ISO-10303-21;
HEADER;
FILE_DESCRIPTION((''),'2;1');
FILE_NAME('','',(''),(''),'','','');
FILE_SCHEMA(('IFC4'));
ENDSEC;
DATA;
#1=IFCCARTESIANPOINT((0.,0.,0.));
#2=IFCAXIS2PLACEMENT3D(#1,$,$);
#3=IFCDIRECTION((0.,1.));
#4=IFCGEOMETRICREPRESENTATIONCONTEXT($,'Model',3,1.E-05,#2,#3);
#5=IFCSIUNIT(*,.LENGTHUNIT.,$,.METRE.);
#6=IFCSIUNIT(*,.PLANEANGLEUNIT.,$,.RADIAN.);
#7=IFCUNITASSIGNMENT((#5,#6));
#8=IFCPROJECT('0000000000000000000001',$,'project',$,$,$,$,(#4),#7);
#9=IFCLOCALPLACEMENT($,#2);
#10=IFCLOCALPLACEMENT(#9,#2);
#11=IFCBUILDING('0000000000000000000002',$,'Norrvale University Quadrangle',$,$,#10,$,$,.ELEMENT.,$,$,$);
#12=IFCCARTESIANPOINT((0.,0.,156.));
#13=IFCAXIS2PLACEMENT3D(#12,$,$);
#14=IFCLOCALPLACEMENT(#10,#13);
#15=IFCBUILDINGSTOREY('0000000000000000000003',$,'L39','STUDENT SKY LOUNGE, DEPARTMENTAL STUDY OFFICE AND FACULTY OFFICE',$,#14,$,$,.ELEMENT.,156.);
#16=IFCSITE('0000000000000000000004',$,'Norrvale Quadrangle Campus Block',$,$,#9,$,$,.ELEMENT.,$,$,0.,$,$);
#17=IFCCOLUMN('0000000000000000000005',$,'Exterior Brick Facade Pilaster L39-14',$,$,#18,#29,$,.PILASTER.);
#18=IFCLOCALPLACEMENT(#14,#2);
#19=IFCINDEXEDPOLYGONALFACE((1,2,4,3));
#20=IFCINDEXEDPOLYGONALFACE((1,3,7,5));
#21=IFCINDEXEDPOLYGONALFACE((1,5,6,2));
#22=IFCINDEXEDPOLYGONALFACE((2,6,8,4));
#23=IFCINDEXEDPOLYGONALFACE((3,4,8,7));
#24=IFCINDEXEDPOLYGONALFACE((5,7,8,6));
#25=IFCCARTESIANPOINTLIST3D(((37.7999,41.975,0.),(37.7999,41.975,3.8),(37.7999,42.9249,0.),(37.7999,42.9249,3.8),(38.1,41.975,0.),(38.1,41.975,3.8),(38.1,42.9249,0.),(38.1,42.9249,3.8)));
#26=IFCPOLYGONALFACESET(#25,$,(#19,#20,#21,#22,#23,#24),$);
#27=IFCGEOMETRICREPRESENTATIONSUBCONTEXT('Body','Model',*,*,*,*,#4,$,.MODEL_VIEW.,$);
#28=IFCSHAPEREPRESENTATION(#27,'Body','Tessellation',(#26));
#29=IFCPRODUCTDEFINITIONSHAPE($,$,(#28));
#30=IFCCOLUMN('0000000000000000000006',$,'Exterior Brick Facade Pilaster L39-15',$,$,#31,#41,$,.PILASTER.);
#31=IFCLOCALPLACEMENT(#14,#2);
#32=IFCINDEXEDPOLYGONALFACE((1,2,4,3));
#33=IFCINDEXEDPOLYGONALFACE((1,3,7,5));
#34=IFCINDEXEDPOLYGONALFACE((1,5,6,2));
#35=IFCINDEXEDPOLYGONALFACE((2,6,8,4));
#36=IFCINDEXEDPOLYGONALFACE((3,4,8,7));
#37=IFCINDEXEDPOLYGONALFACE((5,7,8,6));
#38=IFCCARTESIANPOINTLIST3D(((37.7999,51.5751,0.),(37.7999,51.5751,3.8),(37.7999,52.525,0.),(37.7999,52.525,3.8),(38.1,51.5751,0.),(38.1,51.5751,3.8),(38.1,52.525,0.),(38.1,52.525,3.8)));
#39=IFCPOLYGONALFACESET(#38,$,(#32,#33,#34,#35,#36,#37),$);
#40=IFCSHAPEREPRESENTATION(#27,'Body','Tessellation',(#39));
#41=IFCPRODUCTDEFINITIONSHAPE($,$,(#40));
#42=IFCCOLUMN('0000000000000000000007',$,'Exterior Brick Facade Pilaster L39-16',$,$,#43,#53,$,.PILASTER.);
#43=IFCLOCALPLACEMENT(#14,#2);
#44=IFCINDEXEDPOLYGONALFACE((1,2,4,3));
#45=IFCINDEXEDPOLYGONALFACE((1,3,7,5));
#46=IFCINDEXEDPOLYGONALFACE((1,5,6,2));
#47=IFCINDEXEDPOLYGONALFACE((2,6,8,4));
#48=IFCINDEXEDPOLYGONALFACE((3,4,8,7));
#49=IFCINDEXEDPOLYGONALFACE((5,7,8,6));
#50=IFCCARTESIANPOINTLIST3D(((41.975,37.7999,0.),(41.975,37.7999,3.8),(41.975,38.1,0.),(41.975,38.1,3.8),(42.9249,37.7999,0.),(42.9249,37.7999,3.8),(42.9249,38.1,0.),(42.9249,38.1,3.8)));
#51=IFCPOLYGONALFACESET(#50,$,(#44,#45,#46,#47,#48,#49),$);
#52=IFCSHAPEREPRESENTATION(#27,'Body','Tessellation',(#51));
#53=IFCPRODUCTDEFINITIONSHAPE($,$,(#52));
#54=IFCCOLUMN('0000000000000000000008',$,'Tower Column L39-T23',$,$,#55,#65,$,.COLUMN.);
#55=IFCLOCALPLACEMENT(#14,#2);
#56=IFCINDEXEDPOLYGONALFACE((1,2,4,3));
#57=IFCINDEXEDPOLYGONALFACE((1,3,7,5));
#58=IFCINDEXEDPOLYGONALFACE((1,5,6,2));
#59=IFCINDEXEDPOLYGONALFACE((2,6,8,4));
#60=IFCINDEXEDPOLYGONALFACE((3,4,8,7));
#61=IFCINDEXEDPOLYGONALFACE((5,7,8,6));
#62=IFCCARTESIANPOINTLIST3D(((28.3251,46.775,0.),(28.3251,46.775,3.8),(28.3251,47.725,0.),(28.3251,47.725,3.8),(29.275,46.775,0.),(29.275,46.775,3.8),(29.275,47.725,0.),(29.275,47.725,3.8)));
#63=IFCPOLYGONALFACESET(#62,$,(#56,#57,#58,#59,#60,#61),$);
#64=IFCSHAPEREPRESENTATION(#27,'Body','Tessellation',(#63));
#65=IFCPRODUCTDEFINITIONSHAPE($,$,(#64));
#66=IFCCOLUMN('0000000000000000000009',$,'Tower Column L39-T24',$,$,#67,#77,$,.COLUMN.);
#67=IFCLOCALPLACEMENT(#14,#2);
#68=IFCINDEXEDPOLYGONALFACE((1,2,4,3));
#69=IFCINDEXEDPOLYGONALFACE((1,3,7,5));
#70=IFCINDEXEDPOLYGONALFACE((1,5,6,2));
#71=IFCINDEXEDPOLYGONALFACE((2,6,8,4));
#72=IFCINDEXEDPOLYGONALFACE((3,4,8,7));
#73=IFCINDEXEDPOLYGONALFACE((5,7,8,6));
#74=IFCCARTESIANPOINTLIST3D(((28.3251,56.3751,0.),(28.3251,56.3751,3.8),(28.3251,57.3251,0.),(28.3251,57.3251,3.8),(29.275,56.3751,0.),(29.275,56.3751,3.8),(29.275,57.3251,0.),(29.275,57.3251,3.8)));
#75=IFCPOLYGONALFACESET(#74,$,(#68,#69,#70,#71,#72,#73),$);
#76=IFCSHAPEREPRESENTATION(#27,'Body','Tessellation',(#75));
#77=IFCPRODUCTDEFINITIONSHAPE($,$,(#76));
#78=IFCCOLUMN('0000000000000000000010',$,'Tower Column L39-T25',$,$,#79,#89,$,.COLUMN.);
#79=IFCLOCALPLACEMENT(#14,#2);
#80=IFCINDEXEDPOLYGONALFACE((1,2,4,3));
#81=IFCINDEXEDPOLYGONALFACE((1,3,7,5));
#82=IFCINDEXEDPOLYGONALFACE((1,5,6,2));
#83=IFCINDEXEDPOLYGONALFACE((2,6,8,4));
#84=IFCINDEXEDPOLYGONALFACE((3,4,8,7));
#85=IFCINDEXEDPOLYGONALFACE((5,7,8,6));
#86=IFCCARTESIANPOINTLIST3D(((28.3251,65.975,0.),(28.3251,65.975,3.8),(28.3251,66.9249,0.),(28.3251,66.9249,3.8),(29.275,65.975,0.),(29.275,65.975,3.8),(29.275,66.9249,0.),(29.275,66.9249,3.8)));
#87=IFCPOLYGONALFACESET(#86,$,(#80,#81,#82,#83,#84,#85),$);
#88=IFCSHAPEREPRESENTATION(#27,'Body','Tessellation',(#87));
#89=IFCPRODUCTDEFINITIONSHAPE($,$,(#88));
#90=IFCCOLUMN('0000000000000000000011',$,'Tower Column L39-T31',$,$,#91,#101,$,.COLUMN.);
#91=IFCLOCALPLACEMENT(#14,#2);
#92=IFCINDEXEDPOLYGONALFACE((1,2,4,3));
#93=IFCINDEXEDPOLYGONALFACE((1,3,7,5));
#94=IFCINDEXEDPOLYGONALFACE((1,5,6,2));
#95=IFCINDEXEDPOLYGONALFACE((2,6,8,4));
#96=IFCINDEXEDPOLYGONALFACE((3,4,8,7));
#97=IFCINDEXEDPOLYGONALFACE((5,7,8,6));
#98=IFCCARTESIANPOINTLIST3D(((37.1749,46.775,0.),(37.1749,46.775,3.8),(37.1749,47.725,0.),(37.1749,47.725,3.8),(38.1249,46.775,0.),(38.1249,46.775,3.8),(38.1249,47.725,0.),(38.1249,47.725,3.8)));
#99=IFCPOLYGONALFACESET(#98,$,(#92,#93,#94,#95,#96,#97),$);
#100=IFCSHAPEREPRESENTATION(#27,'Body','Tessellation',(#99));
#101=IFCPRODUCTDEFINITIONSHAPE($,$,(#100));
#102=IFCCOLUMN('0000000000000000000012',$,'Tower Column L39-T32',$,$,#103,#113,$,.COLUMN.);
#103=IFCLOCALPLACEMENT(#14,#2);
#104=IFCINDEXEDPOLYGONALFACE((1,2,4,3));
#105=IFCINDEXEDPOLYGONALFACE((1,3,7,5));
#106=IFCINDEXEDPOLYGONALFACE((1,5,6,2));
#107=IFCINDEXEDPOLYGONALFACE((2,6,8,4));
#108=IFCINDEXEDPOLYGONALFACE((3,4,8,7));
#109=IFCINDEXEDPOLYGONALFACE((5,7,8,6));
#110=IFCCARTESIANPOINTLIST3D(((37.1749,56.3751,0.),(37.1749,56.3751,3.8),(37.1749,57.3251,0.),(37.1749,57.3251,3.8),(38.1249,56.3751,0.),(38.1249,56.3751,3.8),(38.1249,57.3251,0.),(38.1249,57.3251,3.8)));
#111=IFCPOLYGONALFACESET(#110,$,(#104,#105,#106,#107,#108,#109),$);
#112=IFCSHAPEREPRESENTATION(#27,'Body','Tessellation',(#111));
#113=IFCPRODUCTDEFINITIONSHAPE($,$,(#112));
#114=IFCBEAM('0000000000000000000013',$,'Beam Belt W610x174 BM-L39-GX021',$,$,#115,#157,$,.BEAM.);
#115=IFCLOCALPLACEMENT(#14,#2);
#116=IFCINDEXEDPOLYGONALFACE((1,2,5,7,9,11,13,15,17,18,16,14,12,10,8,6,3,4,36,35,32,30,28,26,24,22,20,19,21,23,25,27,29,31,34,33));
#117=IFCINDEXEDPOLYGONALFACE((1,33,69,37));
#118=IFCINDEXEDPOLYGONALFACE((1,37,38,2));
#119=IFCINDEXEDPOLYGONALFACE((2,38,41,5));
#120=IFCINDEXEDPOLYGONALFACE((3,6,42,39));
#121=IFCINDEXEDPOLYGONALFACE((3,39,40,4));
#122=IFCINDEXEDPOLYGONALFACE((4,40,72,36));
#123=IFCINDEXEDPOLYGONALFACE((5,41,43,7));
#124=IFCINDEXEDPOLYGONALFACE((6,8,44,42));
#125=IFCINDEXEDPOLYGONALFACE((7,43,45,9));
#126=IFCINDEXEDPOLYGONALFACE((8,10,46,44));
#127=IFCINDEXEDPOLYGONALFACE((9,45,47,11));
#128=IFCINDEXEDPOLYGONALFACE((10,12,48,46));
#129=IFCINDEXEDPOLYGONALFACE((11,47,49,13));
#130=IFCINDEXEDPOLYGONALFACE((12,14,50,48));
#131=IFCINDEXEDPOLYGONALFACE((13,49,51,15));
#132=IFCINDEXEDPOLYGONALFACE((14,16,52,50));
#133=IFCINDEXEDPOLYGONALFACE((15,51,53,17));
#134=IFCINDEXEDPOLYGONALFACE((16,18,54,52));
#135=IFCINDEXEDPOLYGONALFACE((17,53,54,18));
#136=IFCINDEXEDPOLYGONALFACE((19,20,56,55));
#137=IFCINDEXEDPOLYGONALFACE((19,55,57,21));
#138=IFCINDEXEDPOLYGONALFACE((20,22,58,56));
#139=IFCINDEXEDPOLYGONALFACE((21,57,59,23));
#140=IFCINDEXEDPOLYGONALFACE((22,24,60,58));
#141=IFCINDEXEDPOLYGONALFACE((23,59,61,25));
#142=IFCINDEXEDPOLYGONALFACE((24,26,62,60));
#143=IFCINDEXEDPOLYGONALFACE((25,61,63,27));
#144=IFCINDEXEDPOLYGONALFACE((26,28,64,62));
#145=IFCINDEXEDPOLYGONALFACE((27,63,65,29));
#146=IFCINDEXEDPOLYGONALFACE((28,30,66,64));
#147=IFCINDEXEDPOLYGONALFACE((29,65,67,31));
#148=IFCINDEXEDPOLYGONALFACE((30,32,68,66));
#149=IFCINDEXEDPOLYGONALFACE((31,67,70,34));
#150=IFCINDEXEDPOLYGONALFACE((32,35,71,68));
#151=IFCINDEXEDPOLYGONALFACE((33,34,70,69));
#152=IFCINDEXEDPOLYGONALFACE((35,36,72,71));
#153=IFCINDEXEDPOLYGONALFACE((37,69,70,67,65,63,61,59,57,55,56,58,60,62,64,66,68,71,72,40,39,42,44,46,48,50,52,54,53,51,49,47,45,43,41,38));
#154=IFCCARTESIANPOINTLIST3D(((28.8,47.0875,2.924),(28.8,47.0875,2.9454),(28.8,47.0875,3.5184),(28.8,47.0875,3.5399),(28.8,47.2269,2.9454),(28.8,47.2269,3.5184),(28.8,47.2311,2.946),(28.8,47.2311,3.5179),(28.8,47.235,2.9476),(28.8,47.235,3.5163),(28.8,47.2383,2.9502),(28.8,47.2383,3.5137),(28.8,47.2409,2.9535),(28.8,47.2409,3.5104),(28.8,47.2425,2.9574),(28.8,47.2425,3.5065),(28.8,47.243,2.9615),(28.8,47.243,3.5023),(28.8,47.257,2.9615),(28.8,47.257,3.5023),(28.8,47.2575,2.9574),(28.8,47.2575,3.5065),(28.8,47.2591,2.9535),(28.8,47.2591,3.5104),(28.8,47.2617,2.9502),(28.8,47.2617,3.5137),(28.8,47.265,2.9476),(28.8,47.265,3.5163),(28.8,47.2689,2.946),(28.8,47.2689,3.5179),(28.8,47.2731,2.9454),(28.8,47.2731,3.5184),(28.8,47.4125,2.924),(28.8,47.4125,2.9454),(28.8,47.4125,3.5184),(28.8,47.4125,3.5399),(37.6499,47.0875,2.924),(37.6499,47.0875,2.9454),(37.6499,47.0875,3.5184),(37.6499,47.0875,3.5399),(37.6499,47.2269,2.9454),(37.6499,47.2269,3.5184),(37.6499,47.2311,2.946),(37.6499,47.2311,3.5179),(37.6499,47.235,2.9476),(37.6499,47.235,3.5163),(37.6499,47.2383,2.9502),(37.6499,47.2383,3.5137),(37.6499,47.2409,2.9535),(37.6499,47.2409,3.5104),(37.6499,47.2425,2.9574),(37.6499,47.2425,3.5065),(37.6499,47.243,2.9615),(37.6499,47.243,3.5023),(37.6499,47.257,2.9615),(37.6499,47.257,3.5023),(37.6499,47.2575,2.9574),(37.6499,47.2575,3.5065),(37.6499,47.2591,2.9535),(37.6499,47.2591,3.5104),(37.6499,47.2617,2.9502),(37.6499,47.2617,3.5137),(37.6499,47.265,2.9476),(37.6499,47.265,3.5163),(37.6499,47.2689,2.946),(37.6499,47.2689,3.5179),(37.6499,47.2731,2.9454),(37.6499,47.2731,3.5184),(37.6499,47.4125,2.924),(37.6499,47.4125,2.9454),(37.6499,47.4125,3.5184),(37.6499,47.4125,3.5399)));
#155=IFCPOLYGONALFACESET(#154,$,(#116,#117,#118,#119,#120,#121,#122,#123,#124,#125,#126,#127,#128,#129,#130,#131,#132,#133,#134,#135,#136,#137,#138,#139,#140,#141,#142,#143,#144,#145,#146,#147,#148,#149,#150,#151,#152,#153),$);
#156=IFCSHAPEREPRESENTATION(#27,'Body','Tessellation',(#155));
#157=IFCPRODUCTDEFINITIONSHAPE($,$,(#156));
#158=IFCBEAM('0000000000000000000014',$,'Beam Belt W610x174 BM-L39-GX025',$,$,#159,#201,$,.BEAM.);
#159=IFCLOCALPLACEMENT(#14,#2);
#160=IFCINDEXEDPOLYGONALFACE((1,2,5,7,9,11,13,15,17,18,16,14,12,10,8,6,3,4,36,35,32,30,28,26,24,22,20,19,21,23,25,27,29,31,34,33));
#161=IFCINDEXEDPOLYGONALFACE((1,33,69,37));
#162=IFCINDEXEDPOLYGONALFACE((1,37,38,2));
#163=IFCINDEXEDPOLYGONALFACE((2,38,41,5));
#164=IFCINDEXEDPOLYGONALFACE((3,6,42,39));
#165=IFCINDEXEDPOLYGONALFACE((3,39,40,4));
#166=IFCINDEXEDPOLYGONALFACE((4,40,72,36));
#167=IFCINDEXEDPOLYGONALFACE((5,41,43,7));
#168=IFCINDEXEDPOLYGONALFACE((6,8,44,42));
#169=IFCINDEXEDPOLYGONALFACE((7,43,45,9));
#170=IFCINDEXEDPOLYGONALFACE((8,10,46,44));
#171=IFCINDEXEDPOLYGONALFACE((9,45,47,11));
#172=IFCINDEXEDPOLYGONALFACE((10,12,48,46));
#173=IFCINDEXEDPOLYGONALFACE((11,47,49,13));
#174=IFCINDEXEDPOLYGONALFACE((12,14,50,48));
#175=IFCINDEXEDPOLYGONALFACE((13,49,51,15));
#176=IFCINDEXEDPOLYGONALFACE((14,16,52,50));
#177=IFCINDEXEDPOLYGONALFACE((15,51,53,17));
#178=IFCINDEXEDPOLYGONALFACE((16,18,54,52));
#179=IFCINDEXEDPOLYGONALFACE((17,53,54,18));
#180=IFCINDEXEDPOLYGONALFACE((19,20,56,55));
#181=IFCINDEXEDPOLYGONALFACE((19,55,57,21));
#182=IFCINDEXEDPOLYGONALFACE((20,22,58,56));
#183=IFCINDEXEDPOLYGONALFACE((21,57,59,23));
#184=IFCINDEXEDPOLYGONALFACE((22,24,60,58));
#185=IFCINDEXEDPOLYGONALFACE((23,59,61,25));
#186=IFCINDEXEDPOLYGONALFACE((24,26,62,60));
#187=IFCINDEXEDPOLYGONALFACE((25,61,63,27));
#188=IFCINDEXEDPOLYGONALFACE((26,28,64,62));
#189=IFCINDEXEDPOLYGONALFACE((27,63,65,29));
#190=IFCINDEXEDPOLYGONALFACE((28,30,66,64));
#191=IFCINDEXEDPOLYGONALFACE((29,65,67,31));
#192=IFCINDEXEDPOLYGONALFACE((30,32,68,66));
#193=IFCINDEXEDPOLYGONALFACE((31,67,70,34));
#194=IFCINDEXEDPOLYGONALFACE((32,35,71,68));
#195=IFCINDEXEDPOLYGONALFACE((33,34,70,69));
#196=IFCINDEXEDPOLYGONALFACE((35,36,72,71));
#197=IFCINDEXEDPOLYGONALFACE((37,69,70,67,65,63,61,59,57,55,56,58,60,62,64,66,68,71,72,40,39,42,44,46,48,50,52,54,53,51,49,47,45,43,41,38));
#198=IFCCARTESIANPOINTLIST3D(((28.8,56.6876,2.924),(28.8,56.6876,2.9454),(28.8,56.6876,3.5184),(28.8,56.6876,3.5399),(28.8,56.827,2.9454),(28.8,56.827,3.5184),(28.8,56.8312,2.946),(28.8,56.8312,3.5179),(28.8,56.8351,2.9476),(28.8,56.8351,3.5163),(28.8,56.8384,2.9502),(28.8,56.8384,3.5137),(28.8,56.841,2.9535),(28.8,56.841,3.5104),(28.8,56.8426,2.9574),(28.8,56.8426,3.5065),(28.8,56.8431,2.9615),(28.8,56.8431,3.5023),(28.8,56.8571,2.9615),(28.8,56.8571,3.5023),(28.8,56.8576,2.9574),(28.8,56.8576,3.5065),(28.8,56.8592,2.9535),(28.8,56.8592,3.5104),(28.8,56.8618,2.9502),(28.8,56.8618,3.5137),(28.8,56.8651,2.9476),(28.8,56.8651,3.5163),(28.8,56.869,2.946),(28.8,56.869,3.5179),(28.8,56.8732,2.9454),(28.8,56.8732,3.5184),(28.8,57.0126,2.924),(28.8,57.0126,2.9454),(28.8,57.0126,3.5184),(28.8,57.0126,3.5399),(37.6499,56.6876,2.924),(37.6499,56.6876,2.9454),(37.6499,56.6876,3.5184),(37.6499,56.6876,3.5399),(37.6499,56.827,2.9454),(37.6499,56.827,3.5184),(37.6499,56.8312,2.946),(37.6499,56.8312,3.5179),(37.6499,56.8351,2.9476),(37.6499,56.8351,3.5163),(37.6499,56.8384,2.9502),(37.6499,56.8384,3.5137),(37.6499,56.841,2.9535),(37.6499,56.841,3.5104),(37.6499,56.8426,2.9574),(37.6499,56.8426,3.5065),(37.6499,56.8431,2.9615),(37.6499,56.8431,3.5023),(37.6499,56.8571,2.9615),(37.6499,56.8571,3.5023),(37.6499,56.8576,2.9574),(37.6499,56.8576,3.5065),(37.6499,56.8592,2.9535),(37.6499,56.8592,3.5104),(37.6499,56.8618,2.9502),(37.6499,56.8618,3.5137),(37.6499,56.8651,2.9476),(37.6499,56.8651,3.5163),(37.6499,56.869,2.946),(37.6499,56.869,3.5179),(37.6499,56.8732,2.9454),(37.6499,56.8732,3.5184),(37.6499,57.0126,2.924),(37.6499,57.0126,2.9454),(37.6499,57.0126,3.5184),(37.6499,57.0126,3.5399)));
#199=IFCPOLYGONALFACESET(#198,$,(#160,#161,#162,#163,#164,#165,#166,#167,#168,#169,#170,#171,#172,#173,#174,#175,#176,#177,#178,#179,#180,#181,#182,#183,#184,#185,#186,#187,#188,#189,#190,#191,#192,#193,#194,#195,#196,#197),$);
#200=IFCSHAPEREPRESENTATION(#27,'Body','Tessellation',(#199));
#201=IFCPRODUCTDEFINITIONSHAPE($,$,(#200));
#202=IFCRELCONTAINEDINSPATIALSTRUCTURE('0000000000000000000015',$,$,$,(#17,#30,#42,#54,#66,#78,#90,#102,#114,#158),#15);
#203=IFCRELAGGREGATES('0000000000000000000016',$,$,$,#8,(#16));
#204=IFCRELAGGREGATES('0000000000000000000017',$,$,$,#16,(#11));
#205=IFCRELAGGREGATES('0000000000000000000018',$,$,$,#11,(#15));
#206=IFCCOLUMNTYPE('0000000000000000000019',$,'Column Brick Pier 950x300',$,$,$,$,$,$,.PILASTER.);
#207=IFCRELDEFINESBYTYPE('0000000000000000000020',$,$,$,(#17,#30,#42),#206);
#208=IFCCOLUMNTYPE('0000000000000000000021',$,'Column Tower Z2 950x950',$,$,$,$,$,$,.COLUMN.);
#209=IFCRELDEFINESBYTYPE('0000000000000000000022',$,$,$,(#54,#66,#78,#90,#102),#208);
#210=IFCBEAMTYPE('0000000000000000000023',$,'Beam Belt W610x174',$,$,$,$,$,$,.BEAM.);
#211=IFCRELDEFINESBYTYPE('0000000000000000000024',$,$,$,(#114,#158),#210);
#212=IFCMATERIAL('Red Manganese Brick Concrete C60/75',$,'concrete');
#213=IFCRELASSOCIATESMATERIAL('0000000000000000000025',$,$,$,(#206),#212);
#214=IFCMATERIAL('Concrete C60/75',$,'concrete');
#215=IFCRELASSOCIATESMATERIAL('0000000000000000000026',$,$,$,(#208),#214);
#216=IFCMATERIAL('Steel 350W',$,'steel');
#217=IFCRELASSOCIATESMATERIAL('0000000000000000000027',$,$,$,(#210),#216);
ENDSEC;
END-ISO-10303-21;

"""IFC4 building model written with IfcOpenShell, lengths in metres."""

from ifc_helpers import new_model, si_unit, direction, frame, origin, origin_2d, place, context, subcontext, project, spatial, rectangle, i_section, extrude, material, material_profile, profile_set, type_object, element, save


model = new_model("IFC4")

# Units and contexts
model_context = context("Model", 3, precision=1e-05, world=origin(), true_north=direction((0.0, 1.0)))
body_context = subcontext(model_context, "Body", "Model", "MODEL_VIEW")
ifc_project = project(units=[si_unit("LENGTHUNIT", "METRE"), si_unit("PLANEANGLEUNIT", "RADIAN")], contexts=[model_context])

# Site, building, storey
site_placement = place(None, origin())
site = spatial("IfcSite", under=ifc_project, at=site_placement, Name="Norrvale Quadrangle Campus Block", CompositionType="ELEMENT", RefElevation=0.0)
building_placement = place(site_placement, origin())
building = spatial("IfcBuilding", under=site, at=building_placement, Name="Norrvale University Quadrangle", CompositionType="ELEMENT")
storey_placement = place(building_placement, frame((0.0, 0.0, 156.0)))
storey = spatial("IfcBuildingStorey", under=building, at=storey_placement, Name="L39", Description="STUDENT SKY LOUNGE, DEPARTMENTAL STUDY OFFICE AND FACULTY OFFICE", CompositionType="ELEMENT", Elevation=156.0)

# Columns
ifc_material_1 = material(Name="Red Manganese Brick Concrete C60/75", Category="concrete")
ifc_material_profile_1 = material_profile(ifc_material_1, rectangle(XDim=0.95, YDim=0.3, at=origin_2d()), Name="Red Manganese Brick Concrete C60/75")
ifc_profile_set_1 = profile_set([ifc_material_profile_1], Name="Red Manganese Brick Concrete C60/75")
column_type_1 = type_object("IfcColumnType", Name="Column Brick Pier 950x300", PredefinedType="PILASTER", material=ifc_profile_set_1)
for number, where, z_axis, x_axis, name in (
    (1, (37.95, 42.45, 0.0), (0.0, 0.0, 1.0), (0.0, 1.0, 0.0), "Exterior Brick Facade Pilaster L39-14"),
    (2, (37.95, 52.05, 0.0), (0.0, 0.0, 1.0), (0.0, 1.0, 0.0), "Exterior Brick Facade Pilaster L39-15"),
    (3, (42.45, 37.95, 0.0), (0.0, 0.0, 1.0), (1.0, 0.0, 0.0), "Exterior Brick Facade Pilaster L39-16"),
):
    element("IfcColumn", number, at=place(storey_placement, frame(where, z_axis=z_axis, x_axis=x_axis)), inside=storey, type_object=column_type_1, Name=name, PredefinedType="PILASTER", context=body_context, shape_type="SweptSolid", body=[
        extrude(rectangle(XDim=0.95, YDim=0.3, at=origin_2d()), origin(), (0.0, 0.0, 1.0), 3.8),
    ])
ifc_material_2 = material(Name="Concrete C60/75", Category="concrete")
ifc_material_profile_2 = material_profile(ifc_material_2, rectangle(XDim=0.95, YDim=0.95, at=origin_2d()), Name="Concrete C60/75")
ifc_profile_set_2 = profile_set([ifc_material_profile_2], Name="Concrete C60/75")
column_type_2 = type_object("IfcColumnType", Name="Column Tower Z2 950x950", PredefinedType="COLUMN", material=ifc_profile_set_2)
for number, where, z_axis, x_axis, name in (
    (4, (28.8, 47.25, 0.0), (0.0, 0.0, 1.0), (1.0, 0.0, 0.0), "Tower Column L39-T23"),
    (5, (28.8, 56.8501, 0.0), (0.0, 0.0, 1.0), (1.0, 0.0, 0.0), "Tower Column L39-T24"),
    (6, (28.8, 66.45, 0.0), (0.0, 0.0, 1.0), (1.0, 0.0, 0.0), "Tower Column L39-T25"),
    (7, (37.6499, 47.25, 0.0), (0.0, 0.0, 1.0), (1.0, 0.0, 0.0), "Tower Column L39-T31"),
    (8, (37.6499, 56.8501, 0.0), (0.0, 0.0, 1.0), (1.0, 0.0, 0.0), "Tower Column L39-T32"),
):
    element("IfcColumn", number, at=place(storey_placement, frame(where, z_axis=z_axis, x_axis=x_axis)), inside=storey, type_object=column_type_2, Name=name, PredefinedType="COLUMN", context=body_context, shape_type="SweptSolid", body=[
        extrude(rectangle(XDim=0.95, YDim=0.95, at=origin_2d()), origin(), (0.0, 0.0, 1.0), 3.8),
    ])

# Beams
ifc_material_3 = material(Name="Steel 350W", Category="steel")
ifc_material_profile_3 = material_profile(ifc_material_3, i_section(OverallWidth=0.325, OverallDepth=0.616, WebThickness=0.0139, FlangeThickness=0.0215, FilletRadius=0.0161, at=origin_2d()), Name="Steel 350W")
ifc_profile_set_3 = profile_set([ifc_material_profile_3], Name="Steel 350W")
beam_type_1 = type_object("IfcBeamType", Name="Beam Belt W610x174", PredefinedType="BEAM", material=ifc_profile_set_3)
for number, where, z_axis, x_axis, name in (
    (9, (28.8, 47.25, 3.2319), (1.0, 0.0, 0.0), (0.0, 1.0, 0.0), "Beam Belt W610x174 BM-L39-GX021"),
    (10, (28.8, 56.8501, 3.2319), (1.0, 0.0, 0.0), (0.0, 1.0, 0.0), "Beam Belt W610x174 BM-L39-GX025"),
):
    element("IfcBeam", number, at=place(storey_placement, frame(where, z_axis=z_axis, x_axis=x_axis)), inside=storey, type_object=beam_type_1, Name=name, PredefinedType="BEAM", context=body_context, shape_type="SweptSolid", body=[
        extrude(i_section(OverallWidth=0.325, OverallDepth=0.616, WebThickness=0.0139, FlangeThickness=0.0215, FilletRadius=0.0161, at=origin_2d()), origin(), (0.0, 0.0, 1.0), 8.8499),
    ])

save(model, "model.ifc")
